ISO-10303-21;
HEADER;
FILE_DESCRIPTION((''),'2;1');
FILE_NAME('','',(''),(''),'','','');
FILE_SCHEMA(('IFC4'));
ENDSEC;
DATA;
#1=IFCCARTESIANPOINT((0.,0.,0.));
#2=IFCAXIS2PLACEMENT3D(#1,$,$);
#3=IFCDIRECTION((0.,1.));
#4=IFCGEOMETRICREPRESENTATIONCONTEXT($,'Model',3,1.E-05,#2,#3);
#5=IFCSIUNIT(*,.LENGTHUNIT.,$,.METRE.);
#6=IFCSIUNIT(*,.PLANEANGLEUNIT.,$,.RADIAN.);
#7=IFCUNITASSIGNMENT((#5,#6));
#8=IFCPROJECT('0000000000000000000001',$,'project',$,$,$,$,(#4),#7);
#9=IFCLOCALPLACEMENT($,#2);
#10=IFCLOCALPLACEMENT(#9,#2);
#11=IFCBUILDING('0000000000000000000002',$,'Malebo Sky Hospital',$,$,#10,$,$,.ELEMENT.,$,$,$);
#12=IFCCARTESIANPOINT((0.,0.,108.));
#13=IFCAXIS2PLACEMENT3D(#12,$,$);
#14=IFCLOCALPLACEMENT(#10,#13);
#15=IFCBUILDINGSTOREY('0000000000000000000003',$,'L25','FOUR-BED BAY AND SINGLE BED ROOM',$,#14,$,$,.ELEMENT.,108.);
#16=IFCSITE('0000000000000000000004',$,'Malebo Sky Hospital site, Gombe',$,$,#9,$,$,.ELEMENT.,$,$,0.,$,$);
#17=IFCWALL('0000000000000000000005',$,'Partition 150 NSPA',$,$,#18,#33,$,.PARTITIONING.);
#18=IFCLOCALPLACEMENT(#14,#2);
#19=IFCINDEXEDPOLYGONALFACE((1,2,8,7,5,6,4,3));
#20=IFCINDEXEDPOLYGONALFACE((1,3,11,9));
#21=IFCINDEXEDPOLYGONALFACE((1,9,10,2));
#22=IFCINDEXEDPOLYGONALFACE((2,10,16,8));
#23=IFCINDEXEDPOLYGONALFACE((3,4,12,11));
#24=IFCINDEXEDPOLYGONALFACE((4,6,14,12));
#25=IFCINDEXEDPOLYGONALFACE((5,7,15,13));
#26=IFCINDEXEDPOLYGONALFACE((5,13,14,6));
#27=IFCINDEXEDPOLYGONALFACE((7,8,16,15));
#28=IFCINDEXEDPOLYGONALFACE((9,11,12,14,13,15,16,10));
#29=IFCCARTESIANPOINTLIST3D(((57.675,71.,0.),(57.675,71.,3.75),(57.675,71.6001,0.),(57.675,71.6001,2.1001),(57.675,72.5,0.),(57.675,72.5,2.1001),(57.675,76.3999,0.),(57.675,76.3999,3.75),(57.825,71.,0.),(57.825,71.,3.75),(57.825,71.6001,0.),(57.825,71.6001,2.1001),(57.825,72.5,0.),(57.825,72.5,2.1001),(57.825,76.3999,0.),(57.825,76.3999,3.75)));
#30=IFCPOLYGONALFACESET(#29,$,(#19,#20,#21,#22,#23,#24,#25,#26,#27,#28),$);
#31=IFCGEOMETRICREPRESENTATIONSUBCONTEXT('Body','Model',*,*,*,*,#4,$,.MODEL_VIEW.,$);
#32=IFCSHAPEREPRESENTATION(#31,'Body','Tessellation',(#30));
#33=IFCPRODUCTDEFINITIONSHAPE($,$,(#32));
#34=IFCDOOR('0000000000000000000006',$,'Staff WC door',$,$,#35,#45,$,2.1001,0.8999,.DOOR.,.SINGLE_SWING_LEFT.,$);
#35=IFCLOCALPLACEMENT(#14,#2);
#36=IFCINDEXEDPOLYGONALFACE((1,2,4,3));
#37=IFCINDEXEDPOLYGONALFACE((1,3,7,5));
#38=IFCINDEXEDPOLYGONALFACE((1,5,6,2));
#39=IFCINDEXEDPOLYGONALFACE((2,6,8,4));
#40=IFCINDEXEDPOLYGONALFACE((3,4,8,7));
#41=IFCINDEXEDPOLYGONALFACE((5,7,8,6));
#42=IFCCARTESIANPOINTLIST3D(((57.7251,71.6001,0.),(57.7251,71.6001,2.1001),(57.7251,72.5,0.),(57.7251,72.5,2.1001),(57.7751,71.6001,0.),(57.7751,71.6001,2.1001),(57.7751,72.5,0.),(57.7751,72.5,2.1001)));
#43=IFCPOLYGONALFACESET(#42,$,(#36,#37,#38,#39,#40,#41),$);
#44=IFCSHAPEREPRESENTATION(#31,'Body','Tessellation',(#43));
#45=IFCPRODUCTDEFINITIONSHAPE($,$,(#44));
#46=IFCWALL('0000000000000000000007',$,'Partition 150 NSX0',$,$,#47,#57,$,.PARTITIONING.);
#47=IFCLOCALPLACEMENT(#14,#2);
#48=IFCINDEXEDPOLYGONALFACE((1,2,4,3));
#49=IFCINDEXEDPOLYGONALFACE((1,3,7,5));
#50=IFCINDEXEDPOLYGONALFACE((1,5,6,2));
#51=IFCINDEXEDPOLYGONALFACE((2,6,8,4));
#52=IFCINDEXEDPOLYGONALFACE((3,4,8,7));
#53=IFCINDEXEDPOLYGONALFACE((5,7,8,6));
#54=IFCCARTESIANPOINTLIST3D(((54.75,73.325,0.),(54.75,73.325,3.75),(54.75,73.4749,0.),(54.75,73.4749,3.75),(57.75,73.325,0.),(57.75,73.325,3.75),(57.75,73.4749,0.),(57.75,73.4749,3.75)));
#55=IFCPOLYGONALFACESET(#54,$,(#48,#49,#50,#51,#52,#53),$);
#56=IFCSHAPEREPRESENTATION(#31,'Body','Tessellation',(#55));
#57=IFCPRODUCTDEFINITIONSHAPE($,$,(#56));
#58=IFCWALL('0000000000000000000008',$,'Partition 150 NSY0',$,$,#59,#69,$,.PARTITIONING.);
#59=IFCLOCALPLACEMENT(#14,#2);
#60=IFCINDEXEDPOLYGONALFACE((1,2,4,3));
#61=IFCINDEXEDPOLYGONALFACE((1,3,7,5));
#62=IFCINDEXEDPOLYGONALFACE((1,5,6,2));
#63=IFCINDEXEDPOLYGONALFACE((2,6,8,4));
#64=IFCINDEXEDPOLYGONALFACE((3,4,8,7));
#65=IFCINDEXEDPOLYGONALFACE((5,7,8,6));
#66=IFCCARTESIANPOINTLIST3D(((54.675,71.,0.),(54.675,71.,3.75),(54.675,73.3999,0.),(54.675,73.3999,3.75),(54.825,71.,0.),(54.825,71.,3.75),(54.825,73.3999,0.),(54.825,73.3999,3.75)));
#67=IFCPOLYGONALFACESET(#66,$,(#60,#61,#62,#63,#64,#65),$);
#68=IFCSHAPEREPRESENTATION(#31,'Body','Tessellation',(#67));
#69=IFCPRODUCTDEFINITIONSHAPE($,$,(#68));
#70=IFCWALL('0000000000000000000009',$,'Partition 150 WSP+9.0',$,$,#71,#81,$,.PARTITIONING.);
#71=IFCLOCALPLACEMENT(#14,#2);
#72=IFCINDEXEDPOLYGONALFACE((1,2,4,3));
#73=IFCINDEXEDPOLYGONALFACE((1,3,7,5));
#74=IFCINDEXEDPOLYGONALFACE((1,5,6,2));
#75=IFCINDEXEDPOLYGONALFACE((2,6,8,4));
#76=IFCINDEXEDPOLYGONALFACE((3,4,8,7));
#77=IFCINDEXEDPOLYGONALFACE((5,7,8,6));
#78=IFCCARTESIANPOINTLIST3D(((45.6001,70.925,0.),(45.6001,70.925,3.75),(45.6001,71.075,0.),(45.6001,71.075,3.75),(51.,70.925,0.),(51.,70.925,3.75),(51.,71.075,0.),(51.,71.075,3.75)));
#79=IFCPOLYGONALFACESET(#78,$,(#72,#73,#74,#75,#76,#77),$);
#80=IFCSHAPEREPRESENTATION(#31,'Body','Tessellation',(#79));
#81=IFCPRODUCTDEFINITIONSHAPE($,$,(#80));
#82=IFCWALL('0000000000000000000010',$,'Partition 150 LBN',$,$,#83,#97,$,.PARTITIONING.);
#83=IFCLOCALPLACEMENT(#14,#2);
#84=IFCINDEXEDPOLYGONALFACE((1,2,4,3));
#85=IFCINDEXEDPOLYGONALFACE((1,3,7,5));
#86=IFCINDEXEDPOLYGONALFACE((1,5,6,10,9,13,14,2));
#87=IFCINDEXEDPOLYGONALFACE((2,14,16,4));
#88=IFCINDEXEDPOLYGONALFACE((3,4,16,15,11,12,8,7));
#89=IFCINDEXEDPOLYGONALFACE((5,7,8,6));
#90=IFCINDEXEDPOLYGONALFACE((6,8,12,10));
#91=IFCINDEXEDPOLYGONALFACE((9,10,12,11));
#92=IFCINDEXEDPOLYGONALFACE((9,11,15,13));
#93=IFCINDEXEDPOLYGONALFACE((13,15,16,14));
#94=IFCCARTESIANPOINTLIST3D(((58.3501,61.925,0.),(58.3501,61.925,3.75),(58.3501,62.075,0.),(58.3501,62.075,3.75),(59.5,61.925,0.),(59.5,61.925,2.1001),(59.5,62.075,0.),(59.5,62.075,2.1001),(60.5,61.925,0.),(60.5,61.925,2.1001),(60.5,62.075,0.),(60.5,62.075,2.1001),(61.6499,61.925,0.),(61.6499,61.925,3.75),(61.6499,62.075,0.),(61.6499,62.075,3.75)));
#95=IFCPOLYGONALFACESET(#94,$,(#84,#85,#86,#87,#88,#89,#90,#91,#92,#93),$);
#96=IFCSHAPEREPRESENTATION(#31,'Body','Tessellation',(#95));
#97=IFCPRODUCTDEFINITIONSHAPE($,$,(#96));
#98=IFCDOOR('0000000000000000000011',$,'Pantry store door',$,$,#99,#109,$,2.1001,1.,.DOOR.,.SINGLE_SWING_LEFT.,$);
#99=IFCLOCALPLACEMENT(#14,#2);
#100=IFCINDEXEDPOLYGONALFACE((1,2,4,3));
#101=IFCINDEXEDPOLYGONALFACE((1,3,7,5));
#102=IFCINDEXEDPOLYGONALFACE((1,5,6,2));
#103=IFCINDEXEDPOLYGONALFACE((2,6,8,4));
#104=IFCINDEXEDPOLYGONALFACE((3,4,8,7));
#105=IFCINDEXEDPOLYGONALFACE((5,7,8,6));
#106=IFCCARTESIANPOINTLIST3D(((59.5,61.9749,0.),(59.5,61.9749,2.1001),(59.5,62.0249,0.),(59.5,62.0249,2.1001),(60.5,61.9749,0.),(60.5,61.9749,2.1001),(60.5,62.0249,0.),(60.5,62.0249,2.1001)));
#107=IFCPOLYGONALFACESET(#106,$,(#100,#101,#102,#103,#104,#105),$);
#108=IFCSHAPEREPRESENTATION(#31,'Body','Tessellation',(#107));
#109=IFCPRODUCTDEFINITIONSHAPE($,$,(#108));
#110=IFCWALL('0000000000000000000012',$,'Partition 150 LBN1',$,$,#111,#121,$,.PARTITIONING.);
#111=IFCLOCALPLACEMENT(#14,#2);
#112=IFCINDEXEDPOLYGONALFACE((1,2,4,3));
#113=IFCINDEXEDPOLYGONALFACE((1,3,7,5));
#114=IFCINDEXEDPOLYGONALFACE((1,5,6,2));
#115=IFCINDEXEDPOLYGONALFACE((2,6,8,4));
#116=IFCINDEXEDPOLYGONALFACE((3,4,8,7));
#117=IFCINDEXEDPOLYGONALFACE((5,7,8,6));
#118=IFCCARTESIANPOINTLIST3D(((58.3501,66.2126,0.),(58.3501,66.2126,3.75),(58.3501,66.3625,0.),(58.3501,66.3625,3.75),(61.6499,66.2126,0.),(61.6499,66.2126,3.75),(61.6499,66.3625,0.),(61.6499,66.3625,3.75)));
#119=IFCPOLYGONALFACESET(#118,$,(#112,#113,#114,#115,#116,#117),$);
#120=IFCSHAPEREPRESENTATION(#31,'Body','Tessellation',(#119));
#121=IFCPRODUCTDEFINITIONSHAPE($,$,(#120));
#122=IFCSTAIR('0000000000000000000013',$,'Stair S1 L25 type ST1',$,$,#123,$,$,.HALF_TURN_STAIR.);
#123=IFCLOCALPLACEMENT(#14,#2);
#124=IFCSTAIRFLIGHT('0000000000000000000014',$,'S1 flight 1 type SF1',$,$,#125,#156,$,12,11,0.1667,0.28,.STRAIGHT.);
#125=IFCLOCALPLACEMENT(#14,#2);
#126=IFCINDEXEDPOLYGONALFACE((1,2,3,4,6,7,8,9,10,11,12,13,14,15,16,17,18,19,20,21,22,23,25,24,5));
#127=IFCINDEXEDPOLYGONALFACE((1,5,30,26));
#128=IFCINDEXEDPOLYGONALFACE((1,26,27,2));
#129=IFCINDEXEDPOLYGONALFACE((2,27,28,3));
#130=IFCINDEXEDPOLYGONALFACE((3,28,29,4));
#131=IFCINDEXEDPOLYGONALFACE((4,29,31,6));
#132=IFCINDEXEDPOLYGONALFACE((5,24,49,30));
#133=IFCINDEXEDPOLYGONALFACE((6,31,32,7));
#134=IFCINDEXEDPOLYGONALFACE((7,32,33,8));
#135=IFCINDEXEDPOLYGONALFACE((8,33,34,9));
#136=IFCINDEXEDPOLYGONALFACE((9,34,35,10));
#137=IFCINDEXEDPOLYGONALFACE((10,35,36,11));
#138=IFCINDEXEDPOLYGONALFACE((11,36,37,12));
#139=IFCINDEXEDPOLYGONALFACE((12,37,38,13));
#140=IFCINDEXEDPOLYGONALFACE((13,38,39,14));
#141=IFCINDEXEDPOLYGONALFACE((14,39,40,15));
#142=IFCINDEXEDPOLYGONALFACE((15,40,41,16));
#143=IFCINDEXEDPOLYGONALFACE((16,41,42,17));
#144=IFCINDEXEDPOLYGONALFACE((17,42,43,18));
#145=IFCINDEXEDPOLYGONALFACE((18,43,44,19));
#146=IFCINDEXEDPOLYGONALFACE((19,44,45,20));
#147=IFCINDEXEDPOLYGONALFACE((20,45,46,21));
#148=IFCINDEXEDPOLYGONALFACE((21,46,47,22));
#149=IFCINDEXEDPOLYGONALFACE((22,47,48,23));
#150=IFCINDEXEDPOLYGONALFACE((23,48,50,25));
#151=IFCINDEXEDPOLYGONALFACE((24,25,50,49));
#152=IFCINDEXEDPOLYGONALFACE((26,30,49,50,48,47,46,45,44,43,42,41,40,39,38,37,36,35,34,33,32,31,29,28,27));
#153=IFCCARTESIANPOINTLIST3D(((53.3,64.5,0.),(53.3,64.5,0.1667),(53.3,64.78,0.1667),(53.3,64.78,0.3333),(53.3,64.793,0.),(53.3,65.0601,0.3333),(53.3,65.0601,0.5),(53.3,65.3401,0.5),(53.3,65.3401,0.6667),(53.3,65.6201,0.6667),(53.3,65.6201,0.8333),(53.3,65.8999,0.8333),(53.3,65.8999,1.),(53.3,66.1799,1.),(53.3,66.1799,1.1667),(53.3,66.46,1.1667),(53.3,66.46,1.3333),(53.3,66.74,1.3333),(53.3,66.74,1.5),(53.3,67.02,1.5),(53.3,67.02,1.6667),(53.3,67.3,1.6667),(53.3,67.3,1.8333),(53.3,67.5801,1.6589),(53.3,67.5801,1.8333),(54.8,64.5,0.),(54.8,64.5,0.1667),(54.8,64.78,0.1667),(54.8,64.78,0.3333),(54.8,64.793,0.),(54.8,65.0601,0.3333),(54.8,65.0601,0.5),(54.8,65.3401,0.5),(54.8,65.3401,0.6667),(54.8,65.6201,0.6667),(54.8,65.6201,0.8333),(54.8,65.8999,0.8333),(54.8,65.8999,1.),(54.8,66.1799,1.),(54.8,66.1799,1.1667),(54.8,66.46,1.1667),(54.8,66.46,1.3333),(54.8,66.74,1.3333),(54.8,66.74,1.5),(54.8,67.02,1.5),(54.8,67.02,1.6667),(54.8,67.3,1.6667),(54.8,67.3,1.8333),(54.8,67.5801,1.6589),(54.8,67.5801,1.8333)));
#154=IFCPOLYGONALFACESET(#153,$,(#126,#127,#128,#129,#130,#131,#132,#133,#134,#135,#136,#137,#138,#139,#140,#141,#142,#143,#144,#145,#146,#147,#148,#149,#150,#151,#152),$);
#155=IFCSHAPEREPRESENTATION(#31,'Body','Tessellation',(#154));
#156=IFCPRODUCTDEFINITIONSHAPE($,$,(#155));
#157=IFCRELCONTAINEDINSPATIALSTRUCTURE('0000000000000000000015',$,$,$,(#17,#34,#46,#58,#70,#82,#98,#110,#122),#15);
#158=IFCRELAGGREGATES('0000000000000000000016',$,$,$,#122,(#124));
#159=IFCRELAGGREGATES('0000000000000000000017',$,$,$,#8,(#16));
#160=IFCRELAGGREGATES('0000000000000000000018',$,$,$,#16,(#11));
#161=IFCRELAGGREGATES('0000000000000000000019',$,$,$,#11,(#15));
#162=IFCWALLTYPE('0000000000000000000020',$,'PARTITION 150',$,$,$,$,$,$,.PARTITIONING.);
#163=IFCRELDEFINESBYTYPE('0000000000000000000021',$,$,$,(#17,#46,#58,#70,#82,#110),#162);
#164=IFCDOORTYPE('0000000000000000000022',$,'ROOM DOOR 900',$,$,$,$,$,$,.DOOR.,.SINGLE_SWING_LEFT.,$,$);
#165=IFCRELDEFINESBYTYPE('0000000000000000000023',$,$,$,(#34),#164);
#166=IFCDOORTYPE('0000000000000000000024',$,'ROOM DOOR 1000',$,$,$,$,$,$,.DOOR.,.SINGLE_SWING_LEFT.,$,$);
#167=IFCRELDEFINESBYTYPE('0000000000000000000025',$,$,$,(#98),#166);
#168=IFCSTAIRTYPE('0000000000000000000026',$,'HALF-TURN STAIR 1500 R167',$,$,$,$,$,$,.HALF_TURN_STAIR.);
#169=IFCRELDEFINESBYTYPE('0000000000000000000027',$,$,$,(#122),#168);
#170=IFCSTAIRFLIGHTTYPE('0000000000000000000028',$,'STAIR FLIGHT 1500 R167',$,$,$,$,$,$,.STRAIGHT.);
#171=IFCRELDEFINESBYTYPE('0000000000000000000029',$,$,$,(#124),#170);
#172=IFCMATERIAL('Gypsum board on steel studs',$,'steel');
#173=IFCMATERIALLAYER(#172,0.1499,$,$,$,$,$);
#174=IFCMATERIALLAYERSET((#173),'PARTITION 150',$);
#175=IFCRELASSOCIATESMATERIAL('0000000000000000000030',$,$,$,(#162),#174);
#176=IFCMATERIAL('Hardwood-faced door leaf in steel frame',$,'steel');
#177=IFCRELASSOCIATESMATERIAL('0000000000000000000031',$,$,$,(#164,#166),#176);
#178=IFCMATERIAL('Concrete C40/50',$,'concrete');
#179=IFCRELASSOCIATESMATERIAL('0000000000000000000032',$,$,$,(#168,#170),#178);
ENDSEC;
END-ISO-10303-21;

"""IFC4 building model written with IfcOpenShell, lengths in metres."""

from ifc_helpers import new_model, si_unit, direction, frame, frame_2d, origin, place, context, subcontext, project, spatial, polyline, rectangle, outline, extrude, material, layer, layer_set, type_object, element, fill, aggregate, save


model = new_model("IFC4")

# Units and contexts
model_context = context("Model", 3, precision=1e-05, world=origin(), true_north=direction((0.0, 1.0)))
body_context = subcontext(model_context, "Body", "Model", "MODEL_VIEW")
ifc_project = project(units=[si_unit("LENGTHUNIT", "METRE"), si_unit("PLANEANGLEUNIT", "RADIAN")], contexts=[model_context])

# Site, building, storey
site_placement = place(None, origin())
site = spatial("IfcSite", under=ifc_project, at=site_placement, Name="Malebo Sky Hospital site, Gombe", CompositionType="ELEMENT", RefElevation=0.0)
building_placement = place(site_placement, origin())
building = spatial("IfcBuilding", under=site, at=building_placement, Name="Malebo Sky Hospital", CompositionType="ELEMENT")
storey_placement = place(building_placement, frame((0.0, 0.0, 108.0)))
storey = spatial("IfcBuildingStorey", under=building, at=storey_placement, Name="L25", Description="FOUR-BED BAY AND SINGLE BED ROOM", CompositionType="ELEMENT", Elevation=108.0)

# Wall, opening, door
ifc_material_1 = material(Name="Hardwood-faced door leaf in steel frame", Category="steel")
ifc_material_2 = material(Name="Gypsum board on steel studs", Category="steel")
ifc_layer_1 = layer(ifc_material_2, 0.1499)
ifc_layer_set_1 = layer_set([ifc_layer_1], Name="PARTITION 150")
wall_type_1 = type_object("IfcWallType", Name="PARTITION 150", PredefinedType="PARTITIONING", material=ifc_layer_set_1)
wall_1_placement = place(storey_placement, frame((57.75, 71.0, 0.0), z_axis=(0.0, 0.0, 1.0), x_axis=(0.0, 1.0, 0.0)))
wall_1 = element("IfcWall", 1, at=wall_1_placement, inside=storey, type_object=wall_type_1, Name="Partition 150 NSPA", PredefinedType="PARTITIONING", context=body_context, shape_type="SweptSolid", body=[
    extrude(rectangle(XDim=5.3999, YDim=0.1499, at=frame_2d((2.7, 0.0))), origin(), (0.0, 0.0, 1.0), 3.75),
])
opening_1_placement = place(wall_1_placement, frame((0.6001, 0.0, 0.0)))
opening_1 = element("IfcOpeningElement", 2, at=opening_1_placement, cuts=wall_1, PredefinedType="OPENING", context=body_context, shape_type="SweptSolid", body=[
    extrude(rectangle(XDim=0.8999, YDim=2.1001, at=frame_2d((0.45, 1.05))), frame((0.0, 0.085, 0.0), z_axis=(0.0, -1.0, 0.0), x_axis=(1.0, 0.0, 0.0)), (0.0, 0.0, 1.0), 0.1699),
])
door_type_1 = type_object("IfcDoorType", Name="ROOM DOOR 900", OperationType="SINGLE_SWING_LEFT", PredefinedType="DOOR", material=ifc_material_1)
door_1_placement = place(opening_1_placement, origin())
door_1 = element("IfcDoor", 3, at=door_1_placement, inside=storey, type_object=door_type_1, Name="Staff WC door", OperationType="SINGLE_SWING_LEFT", OverallHeight=2.1001, OverallWidth=0.8999, PredefinedType="DOOR", context=body_context, shape_type="SweptSolid", body=[
    extrude(rectangle(XDim=0.8999, YDim=2.1001, at=frame_2d((0.45, 1.05))), frame((0.0, 0.0249, 0.0), z_axis=(0.0, -1.0, 0.0), x_axis=(1.0, 0.0, 0.0)), (0.0, 0.0, 1.0), 0.05),
])
fill(opening_1, door_1)

# Walls
wall_2_placement = place(storey_placement, frame((54.75, 73.3999, 0.0), z_axis=(0.0, 0.0, 1.0), x_axis=(1.0, 0.0, 0.0)))
element("IfcWall", 4, at=wall_2_placement, inside=storey, type_object=wall_type_1, Name="Partition 150 NSX0", PredefinedType="PARTITIONING", context=body_context, shape_type="SweptSolid", body=[
    extrude(rectangle(XDim=3.0, YDim=0.1499, at=frame_2d((1.5, 0.0))), origin(), (0.0, 0.0, 1.0), 3.75),
])
wall_3_placement = place(storey_placement, frame((54.75, 71.0, 0.0), z_axis=(0.0, 0.0, 1.0), x_axis=(0.0, 1.0, 0.0)))
element("IfcWall", 5, at=wall_3_placement, inside=storey, type_object=wall_type_1, Name="Partition 150 NSY0", PredefinedType="PARTITIONING", context=body_context, shape_type="SweptSolid", body=[
    extrude(rectangle(XDim=2.3999, YDim=0.1499, at=frame_2d((1.2, 0.0))), origin(), (0.0, 0.0, 1.0), 3.75),
])
wall_4_placement = place(storey_placement, frame((51.0, 71.0, 0.0), z_axis=(0.0, 0.0, 1.0), x_axis=(-1.0, 0.0, 0.0)))
element("IfcWall", 6, at=wall_4_placement, inside=storey, type_object=wall_type_1, Name="Partition 150 WSP+9.0", PredefinedType="PARTITIONING", context=body_context, shape_type="SweptSolid", body=[
    extrude(rectangle(XDim=5.3999, YDim=0.1499, at=frame_2d((2.7, 0.0))), origin(), (0.0, 0.0, 1.0), 3.75),
])

# Wall, opening, door
wall_5_placement = place(storey_placement, frame((58.3501, 62.0, 0.0), z_axis=(0.0, 0.0, 1.0), x_axis=(1.0, 0.0, 0.0)))
wall_5 = element("IfcWall", 7, at=wall_5_placement, inside=storey, type_object=wall_type_1, Name="Partition 150 LBN", PredefinedType="PARTITIONING", context=body_context, shape_type="SweptSolid", body=[
    extrude(rectangle(XDim=3.2998, YDim=0.1499, at=frame_2d((1.6499, 0.0))), origin(), (0.0, 0.0, 1.0), 3.75),
])
opening_2_placement = place(wall_5_placement, frame((1.1499, 0.0, 0.0)))
opening_2 = element("IfcOpeningElement", 8, at=opening_2_placement, cuts=wall_5, PredefinedType="OPENING", context=body_context, shape_type="SweptSolid", body=[
    extrude(rectangle(XDim=1.0, YDim=2.1001, at=frame_2d((0.5, 1.05))), frame((0.0, 0.085, 0.0), z_axis=(0.0, -1.0, 0.0), x_axis=(1.0, 0.0, 0.0)), (0.0, 0.0, 1.0), 0.1699),
])
door_type_2 = type_object("IfcDoorType", Name="ROOM DOOR 1000", OperationType="SINGLE_SWING_LEFT", PredefinedType="DOOR", material=ifc_material_1)
door_2_placement = place(opening_2_placement, origin())
door_2 = element("IfcDoor", 9, at=door_2_placement, inside=storey, type_object=door_type_2, Name="Pantry store door", OperationType="SINGLE_SWING_LEFT", OverallHeight=2.1001, OverallWidth=1.0, PredefinedType="DOOR", context=body_context, shape_type="SweptSolid", body=[
    extrude(rectangle(XDim=1.0, YDim=2.1001, at=frame_2d((0.5, 1.05))), frame((0.0, 0.0249, 0.0), z_axis=(0.0, -1.0, 0.0), x_axis=(1.0, 0.0, 0.0)), (0.0, 0.0, 1.0), 0.05),
])
fill(opening_2, door_2)

# Wall
wall_6_placement = place(storey_placement, frame((58.3501, 66.2876, 0.0), z_axis=(0.0, 0.0, 1.0), x_axis=(1.0, 0.0, 0.0)))
element("IfcWall", 10, at=wall_6_placement, inside=storey, type_object=wall_type_1, Name="Partition 150 LBN1", PredefinedType="PARTITIONING", context=body_context, shape_type="SweptSolid", body=[
    extrude(rectangle(XDim=3.2998, YDim=0.1499, at=frame_2d((1.6499, 0.0))), origin(), (0.0, 0.0, 1.0), 3.75),
])

# Stair, stair flight
ifc_material_3 = material(Name="Concrete C40/50", Category="concrete")
stair_type = type_object("IfcStairType", Name="HALF-TURN STAIR 1500 R167", PredefinedType="HALF_TURN_STAIR", material=ifc_material_3)
stair_placement = place(storey_placement, origin())
stair = element("IfcStair", 11, at=stair_placement, inside=storey, type_object=stair_type, Name="Stair S1 L25 type ST1", PredefinedType="HALF_TURN_STAIR")
stair_flight_type = type_object("IfcStairFlightType", Name="STAIR FLIGHT 1500 R167", PredefinedType="STRAIGHT", material=ifc_material_3)
stair_flight_1_placement = place(storey_placement, frame((54.05, 64.5, 0.0), z_axis=(0.0, 0.0, 1.0), x_axis=(0.0, 1.0, 0.0)))
stair_flight_1 = element("IfcStairFlight", 12, at=stair_flight_1_placement, type_object=stair_flight_type, Name="S1 flight 1 type SF1", NumberOfRisers=12, NumberOfTreads=11, PredefinedType="STRAIGHT", RiserHeight=0.1667, TreadLength=0.28, context=body_context, shape_type="SweptSolid", body=[
    extrude(outline(polyline([(0.0, 0.0), (0.0, 0.1667), (0.28, 0.1667), (0.28, 0.3333), (0.5601, 0.3333), (0.5601, 0.5), (0.8401, 0.5), (0.8401, 0.6667), (1.1201, 0.6667), (1.1201, 0.8333), (1.3999, 0.8333), (1.3999, 1.0), (1.6799, 1.0), (1.6799, 1.1667), (1.96, 1.1667), (1.96, 1.3333), (2.24, 1.3333), (2.24, 1.5), (2.52, 1.5), (2.52, 1.6667), (2.8, 1.6667), (2.8, 1.8333), (3.0801, 1.8333), (3.0801, 2.0), (3.0801, 1.6589), (0.293, 0.0), (0.0, 0.0)])), frame((0.0, 0.75, 0.0), z_axis=(0.0, -1.0, 0.0), x_axis=(1.0, 0.0, 0.0)), (0.0, 0.0, 1.0), 1.5),
])
aggregate(stair, [stair_flight_1])

save(model, "model.ifc")
